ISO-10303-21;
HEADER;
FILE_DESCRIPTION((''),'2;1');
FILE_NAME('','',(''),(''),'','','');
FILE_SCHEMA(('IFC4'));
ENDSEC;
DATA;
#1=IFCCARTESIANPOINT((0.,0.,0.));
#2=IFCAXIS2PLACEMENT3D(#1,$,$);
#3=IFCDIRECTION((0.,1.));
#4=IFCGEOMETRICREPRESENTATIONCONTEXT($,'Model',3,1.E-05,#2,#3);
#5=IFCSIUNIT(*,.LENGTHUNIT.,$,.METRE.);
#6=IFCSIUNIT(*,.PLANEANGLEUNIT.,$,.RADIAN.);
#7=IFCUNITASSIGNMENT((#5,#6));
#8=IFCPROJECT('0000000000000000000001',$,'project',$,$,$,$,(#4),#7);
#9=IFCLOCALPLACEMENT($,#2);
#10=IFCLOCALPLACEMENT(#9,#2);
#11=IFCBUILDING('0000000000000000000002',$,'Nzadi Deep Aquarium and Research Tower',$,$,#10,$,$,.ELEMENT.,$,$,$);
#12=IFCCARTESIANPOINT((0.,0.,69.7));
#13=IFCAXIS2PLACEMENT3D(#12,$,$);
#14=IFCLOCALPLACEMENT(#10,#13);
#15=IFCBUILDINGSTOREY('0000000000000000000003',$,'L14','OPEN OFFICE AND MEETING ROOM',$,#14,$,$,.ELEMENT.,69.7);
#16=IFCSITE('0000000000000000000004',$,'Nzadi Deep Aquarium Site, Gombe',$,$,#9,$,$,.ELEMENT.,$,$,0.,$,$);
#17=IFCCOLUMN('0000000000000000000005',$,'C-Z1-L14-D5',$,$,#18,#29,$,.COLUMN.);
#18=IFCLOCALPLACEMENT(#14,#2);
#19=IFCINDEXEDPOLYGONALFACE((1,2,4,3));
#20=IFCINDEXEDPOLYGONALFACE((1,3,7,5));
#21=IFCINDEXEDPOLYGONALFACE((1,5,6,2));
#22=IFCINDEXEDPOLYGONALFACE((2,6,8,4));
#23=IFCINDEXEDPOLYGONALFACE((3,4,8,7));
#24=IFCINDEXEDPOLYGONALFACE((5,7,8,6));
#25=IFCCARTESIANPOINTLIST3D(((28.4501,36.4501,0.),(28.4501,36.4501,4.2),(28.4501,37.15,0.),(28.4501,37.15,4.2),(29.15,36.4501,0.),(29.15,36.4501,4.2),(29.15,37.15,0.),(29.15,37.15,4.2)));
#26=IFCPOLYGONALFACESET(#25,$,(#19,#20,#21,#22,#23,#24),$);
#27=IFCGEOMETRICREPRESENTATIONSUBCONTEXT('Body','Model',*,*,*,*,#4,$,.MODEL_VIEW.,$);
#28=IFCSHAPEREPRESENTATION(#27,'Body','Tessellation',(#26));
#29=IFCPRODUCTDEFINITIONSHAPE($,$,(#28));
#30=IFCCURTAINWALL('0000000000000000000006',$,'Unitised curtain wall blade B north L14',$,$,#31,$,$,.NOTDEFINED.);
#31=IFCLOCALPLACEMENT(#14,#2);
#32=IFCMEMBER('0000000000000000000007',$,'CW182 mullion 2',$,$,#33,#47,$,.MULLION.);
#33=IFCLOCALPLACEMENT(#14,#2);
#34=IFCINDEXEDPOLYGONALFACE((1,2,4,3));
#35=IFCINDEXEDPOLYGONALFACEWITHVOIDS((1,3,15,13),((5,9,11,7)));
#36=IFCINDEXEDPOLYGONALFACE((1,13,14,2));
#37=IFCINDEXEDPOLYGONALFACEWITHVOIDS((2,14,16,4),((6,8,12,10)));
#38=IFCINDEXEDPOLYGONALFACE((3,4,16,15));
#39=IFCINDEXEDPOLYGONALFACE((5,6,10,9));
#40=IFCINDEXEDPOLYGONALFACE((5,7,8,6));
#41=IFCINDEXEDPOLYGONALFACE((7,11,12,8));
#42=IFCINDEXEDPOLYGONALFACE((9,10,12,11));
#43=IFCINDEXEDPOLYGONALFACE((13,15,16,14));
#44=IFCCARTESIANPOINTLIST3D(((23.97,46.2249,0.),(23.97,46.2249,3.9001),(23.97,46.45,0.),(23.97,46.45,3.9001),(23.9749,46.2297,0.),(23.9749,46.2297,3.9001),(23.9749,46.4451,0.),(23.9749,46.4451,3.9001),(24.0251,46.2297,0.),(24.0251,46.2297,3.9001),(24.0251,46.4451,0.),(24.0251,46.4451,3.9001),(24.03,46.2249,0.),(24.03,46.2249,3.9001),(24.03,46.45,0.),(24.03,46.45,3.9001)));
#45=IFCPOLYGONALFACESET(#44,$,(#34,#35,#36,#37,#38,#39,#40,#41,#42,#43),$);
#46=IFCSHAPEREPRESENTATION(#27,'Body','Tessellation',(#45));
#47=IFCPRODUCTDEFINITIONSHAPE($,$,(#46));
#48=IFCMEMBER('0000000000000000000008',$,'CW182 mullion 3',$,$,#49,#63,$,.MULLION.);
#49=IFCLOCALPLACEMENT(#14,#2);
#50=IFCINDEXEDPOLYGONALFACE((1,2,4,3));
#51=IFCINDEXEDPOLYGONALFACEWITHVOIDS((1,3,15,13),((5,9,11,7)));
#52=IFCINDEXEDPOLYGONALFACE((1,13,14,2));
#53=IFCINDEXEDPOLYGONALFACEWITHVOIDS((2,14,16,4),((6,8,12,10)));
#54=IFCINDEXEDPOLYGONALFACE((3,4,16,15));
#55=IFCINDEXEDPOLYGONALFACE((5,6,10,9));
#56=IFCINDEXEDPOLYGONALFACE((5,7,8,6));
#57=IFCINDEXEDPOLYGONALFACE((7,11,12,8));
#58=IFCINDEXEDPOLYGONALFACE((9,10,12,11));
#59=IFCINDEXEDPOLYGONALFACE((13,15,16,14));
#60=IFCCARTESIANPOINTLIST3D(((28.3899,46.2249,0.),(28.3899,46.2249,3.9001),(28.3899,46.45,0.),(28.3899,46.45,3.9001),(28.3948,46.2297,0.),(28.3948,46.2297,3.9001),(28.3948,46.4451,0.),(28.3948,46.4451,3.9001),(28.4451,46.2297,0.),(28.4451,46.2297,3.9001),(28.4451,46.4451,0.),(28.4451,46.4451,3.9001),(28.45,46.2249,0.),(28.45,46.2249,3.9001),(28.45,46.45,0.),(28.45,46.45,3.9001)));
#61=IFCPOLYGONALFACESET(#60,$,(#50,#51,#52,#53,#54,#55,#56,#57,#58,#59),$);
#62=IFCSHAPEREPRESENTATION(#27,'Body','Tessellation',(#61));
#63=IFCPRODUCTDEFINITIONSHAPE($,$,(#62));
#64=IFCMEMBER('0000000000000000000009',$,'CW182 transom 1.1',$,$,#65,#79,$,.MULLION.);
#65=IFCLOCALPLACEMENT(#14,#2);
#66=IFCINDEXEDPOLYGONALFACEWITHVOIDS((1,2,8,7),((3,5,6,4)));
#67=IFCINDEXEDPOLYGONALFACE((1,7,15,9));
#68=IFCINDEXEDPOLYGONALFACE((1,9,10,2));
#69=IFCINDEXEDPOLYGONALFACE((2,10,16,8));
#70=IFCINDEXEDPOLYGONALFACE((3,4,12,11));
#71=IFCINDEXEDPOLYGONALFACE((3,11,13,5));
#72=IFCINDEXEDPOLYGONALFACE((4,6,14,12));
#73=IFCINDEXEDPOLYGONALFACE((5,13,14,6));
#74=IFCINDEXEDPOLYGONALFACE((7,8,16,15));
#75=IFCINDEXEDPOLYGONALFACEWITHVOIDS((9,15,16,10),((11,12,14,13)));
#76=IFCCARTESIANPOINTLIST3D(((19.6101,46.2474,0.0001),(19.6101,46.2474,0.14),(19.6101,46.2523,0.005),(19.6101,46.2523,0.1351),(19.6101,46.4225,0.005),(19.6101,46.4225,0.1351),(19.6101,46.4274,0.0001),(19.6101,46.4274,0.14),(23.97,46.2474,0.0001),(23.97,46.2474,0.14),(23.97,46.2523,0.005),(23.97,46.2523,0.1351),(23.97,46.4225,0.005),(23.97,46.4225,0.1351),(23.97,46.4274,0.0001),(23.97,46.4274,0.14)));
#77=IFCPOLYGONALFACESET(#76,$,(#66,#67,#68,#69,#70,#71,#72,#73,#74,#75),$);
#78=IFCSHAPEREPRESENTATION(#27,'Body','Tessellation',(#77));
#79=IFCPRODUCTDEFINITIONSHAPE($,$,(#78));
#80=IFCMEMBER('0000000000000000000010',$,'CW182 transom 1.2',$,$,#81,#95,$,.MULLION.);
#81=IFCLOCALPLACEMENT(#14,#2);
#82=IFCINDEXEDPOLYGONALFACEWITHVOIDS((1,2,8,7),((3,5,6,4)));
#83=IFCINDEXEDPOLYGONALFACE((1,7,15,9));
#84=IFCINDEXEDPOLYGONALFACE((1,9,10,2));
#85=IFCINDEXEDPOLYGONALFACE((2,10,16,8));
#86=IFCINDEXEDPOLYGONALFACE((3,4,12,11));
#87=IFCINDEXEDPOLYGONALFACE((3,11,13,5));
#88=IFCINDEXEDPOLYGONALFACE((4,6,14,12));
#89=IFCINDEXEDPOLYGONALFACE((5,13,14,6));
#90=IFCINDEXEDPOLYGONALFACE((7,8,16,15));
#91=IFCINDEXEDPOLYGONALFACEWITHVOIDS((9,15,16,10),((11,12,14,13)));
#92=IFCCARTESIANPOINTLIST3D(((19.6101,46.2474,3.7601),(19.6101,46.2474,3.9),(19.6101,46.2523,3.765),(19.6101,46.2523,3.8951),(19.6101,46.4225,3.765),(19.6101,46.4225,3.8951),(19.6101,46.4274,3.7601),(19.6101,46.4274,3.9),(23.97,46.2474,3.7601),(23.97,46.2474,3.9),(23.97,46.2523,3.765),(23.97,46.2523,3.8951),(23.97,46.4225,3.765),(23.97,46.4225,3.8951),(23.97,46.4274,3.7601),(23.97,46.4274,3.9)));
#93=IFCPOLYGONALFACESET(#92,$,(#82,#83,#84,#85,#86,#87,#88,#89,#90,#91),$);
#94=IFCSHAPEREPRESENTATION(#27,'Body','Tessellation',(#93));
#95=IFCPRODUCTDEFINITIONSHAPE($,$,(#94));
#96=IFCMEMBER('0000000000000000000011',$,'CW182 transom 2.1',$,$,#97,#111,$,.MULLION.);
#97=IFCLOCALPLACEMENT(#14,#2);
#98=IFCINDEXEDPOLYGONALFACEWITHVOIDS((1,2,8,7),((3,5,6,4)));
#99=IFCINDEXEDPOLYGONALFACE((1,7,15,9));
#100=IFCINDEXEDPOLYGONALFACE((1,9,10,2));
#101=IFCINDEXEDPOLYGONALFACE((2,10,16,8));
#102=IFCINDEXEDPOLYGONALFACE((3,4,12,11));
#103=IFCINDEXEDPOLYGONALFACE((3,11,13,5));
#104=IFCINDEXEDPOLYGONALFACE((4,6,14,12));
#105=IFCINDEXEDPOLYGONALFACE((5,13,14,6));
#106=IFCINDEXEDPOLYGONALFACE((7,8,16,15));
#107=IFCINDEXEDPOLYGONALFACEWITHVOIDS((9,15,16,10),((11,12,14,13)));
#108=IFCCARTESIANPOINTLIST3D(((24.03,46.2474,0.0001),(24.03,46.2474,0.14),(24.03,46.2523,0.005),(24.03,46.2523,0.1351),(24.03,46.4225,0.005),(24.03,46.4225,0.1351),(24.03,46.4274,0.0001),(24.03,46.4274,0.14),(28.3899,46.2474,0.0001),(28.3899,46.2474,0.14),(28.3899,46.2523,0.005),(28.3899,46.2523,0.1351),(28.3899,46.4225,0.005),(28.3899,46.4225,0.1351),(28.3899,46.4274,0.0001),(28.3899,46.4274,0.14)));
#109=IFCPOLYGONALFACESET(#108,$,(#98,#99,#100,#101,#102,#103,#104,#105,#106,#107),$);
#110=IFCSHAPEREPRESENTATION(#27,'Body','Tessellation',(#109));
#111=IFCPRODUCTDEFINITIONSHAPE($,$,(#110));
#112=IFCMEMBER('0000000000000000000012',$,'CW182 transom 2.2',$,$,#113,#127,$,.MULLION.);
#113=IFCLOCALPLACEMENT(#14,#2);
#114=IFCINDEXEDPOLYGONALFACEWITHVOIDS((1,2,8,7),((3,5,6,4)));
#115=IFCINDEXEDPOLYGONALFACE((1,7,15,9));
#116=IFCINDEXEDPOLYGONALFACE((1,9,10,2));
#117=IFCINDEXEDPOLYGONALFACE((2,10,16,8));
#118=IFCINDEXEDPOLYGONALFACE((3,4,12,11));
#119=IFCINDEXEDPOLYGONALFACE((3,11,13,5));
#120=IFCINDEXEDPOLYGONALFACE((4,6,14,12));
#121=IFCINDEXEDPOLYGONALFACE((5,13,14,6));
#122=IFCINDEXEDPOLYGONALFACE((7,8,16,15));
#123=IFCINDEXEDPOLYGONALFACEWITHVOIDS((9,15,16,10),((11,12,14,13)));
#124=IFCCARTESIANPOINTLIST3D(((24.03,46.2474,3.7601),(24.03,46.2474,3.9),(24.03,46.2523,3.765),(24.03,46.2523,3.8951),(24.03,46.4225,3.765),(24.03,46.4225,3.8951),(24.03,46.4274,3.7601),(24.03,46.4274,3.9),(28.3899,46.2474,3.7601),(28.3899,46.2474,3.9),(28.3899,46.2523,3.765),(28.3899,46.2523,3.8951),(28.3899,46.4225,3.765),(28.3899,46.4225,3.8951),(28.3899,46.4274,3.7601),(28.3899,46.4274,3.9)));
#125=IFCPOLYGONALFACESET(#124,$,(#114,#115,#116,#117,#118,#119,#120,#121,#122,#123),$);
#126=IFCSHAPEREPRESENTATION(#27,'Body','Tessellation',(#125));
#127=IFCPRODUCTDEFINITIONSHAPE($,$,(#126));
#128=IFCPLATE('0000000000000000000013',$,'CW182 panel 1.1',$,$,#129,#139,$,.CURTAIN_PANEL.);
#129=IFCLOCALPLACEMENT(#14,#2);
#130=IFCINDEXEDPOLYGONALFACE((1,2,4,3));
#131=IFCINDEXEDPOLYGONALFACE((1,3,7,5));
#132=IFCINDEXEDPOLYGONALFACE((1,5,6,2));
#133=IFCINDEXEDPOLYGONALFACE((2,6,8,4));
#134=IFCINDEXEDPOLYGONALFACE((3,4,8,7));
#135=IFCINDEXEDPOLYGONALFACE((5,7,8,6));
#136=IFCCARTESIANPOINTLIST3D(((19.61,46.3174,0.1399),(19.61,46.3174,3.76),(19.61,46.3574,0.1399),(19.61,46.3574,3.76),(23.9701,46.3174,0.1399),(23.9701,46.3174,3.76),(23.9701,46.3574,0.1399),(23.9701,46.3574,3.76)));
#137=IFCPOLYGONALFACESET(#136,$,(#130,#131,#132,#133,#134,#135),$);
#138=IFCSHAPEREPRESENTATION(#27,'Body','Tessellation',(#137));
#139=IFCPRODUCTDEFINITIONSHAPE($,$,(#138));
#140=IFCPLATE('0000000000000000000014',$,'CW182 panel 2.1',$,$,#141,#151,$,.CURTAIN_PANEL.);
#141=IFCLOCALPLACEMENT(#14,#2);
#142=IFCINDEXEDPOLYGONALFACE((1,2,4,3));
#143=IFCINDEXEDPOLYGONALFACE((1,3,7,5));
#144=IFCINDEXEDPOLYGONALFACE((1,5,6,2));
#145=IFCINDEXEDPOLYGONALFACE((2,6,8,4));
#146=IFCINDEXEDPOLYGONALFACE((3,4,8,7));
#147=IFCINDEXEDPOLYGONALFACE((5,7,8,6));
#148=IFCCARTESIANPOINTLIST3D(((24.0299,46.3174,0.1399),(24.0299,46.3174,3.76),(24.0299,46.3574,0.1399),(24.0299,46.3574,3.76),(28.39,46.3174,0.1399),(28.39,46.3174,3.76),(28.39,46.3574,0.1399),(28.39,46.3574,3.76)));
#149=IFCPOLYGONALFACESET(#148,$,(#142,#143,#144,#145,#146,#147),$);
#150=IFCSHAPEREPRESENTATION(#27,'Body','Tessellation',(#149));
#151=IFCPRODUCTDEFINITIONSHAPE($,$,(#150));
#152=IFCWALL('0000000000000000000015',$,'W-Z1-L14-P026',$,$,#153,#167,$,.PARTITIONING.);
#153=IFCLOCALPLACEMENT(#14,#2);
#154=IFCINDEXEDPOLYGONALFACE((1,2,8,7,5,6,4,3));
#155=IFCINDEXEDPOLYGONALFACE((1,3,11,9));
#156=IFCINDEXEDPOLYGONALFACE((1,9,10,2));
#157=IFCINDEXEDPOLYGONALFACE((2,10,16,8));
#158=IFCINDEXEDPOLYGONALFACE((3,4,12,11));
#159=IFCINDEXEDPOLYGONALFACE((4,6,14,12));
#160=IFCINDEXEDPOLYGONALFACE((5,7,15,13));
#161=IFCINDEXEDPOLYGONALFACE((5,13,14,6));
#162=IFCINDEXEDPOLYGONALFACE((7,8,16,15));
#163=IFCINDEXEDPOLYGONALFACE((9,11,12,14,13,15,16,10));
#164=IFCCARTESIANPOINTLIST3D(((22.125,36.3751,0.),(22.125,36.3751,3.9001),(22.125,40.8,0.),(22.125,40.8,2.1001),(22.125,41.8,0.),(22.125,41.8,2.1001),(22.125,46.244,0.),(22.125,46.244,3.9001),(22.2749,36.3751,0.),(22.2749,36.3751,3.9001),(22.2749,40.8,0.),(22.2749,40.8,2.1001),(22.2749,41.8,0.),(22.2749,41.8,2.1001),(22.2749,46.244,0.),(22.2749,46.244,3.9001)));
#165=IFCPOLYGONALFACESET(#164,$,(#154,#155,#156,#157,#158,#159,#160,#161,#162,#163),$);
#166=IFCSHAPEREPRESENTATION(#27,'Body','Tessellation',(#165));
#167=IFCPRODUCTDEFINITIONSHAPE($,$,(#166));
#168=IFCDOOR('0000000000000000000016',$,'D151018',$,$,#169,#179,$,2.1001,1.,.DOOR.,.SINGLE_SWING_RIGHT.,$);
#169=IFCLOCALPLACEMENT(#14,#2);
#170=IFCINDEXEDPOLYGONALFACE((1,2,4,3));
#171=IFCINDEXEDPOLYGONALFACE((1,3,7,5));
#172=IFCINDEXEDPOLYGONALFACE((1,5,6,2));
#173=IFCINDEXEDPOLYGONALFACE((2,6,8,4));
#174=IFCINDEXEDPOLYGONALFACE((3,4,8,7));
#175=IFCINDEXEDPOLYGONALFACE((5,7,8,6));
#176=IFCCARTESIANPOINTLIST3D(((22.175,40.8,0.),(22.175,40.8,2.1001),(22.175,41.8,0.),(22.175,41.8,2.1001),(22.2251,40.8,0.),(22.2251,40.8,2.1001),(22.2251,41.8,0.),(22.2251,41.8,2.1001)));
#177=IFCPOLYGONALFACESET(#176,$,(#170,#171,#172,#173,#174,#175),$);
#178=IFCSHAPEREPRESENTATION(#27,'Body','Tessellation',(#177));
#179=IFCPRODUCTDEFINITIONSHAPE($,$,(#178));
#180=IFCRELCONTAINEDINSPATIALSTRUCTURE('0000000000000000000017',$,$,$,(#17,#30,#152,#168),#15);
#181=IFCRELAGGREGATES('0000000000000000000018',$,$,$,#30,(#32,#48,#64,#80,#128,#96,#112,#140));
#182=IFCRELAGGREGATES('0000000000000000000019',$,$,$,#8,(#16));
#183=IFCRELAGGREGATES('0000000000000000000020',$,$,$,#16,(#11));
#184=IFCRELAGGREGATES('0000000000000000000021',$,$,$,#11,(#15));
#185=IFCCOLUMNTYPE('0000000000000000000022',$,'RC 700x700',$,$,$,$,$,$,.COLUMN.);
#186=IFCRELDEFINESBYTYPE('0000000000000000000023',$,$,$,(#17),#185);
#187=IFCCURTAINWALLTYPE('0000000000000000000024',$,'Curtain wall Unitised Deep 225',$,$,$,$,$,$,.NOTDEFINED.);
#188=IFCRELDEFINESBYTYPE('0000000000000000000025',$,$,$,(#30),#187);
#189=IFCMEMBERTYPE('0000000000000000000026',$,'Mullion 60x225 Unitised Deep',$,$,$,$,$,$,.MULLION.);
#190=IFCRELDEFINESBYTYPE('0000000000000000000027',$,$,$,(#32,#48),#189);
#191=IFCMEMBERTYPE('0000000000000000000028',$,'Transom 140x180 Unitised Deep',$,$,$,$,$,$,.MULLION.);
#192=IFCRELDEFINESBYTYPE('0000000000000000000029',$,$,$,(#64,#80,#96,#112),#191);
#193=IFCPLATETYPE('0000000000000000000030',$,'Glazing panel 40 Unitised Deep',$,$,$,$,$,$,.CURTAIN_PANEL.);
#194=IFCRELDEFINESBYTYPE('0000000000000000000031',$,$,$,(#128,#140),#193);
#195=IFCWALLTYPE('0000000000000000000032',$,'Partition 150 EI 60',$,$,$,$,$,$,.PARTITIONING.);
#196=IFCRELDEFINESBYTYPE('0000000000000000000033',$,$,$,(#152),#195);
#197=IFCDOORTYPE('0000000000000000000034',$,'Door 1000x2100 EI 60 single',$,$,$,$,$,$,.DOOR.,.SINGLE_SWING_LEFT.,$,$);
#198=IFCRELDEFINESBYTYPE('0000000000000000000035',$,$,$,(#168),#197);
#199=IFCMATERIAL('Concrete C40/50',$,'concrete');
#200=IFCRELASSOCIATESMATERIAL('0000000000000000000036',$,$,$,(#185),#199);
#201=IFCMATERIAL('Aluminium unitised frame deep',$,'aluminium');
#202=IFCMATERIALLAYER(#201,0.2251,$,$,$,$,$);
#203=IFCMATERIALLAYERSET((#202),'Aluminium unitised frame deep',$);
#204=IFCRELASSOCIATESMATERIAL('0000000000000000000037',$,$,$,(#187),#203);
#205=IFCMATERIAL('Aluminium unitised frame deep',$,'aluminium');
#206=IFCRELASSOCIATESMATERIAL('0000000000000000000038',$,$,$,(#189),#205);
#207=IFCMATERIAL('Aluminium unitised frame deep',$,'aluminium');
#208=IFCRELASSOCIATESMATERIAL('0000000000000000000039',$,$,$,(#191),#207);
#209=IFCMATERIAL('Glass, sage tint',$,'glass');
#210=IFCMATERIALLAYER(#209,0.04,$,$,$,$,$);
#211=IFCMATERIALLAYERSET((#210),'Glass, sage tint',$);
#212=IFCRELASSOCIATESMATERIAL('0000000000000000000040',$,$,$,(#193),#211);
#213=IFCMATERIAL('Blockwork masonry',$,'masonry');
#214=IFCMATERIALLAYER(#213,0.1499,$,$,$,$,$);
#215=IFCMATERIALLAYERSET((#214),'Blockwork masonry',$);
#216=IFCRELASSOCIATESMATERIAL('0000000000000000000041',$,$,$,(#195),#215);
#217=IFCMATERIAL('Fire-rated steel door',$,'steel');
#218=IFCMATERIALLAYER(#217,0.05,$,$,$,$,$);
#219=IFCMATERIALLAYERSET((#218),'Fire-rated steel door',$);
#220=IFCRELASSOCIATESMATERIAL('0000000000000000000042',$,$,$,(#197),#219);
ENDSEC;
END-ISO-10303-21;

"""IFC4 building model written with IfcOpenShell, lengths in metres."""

from ifc_helpers import new_model, si_unit, direction, frame, frame_2d, origin, origin_2d, place, context, subcontext, project, spatial, rectangle, hollow_rectangle, extrude, material, layer, layer_set, material_profile, profile_set, type_object, element, fill, aggregate, save


model = new_model("IFC4")

# Units and contexts
model_context = context("Model", 3, precision=1e-05, world=origin(), true_north=direction((0.0, 1.0)))
body_context = subcontext(model_context, "Body", "Model", "MODEL_VIEW")
ifc_project = project(units=[si_unit("LENGTHUNIT", "METRE"), si_unit("PLANEANGLEUNIT", "RADIAN")], contexts=[model_context])

# Site, building, storey
site_placement = place(None, origin())
site = spatial("IfcSite", under=ifc_project, at=site_placement, Name="Nzadi Deep Aquarium Site, Gombe", CompositionType="ELEMENT", RefElevation=0.0)
building_placement = place(site_placement, origin())
building = spatial("IfcBuilding", under=site, at=building_placement, Name="Nzadi Deep Aquarium and Research Tower", CompositionType="ELEMENT")
storey_placement = place(building_placement, frame((0.0, 0.0, 69.7)))
storey = spatial("IfcBuildingStorey", under=building, at=storey_placement, Name="L14", Description="OPEN OFFICE AND MEETING ROOM", CompositionType="ELEMENT", Elevation=69.7)

# Column
ifc_material_1 = material(Name="Concrete C40/50", Category="concrete")
ifc_material_profile_1 = material_profile(ifc_material_1, rectangle(XDim=0.7, YDim=0.7, at=origin_2d()))
ifc_profile_set_1 = profile_set([ifc_material_profile_1], Name="Concrete C40/50")
column_type = type_object("IfcColumnType", Name="RC 700x700", PredefinedType="COLUMN", material=ifc_profile_set_1)
column_placement = place(storey_placement, frame((28.8, 36.8, 0.0), z_axis=(0.0, 0.0, 1.0), x_axis=(1.0, 0.0, 0.0)))
element("IfcColumn", 1, at=column_placement, inside=storey, type_object=column_type, Name="C-Z1-L14-D5", PredefinedType="COLUMN", context=body_context, shape_type="SweptSolid", body=[
    extrude(rectangle(XDim=0.7, YDim=0.7, at=origin_2d()), origin(), (0.0, 0.0, 1.0), 4.2),
])

# Curtain wall, members, plates
ifc_material_2 = material(Name="Aluminium unitised frame deep", Category="aluminium")
ifc_layer_1 = layer(ifc_material_2, 0.2251)
ifc_layer_set_1 = layer_set([ifc_layer_1], Name="Aluminium unitised frame deep")
curtain_wall_type = type_object("IfcCurtainWallType", Name="Curtain wall Unitised Deep 225", PredefinedType="NOTDEFINED", material=ifc_layer_set_1)
curtain_wall_placement = place(storey_placement, origin())
curtain_wall = element("IfcCurtainWall", 2, at=curtain_wall_placement, inside=storey, type_object=curtain_wall_type, Name="Unitised curtain wall blade B north L14", PredefinedType="NOTDEFINED")
ifc_material_3 = material(Name="Aluminium unitised frame deep", Category="aluminium")
ifc_material_profile_2 = material_profile(ifc_material_3, hollow_rectangle(XDim=0.2251, YDim=0.0601, WallThickness=0.0049, at=origin_2d()))
ifc_profile_set_2 = profile_set([ifc_material_profile_2], Name="Aluminium unitised frame deep")
member_type_1 = type_object("IfcMemberType", Name="Mullion 60x225 Unitised Deep", PredefinedType="MULLION", material=ifc_profile_set_2)
member_1_placement = place(storey_placement, frame((24.0, 46.3374, 0.0), z_axis=(0.0, 0.0, 1.0), x_axis=(0.0, 1.0, 0.0)))
member_1 = element("IfcMember", 3, at=member_1_placement, type_object=member_type_1, Name="CW182 mullion 2", PredefinedType="MULLION", context=body_context, shape_type="SweptSolid", body=[
    extrude(hollow_rectangle(XDim=0.2251, YDim=0.0601, WallThickness=0.0049, at=origin_2d()), origin(), (0.0, 0.0, 1.0), 3.9001),
])
member_2_placement = place(storey_placement, frame((28.4199, 46.3374, 0.0), z_axis=(0.0, 0.0, 1.0), x_axis=(0.0, 1.0, 0.0)))
member_2 = element("IfcMember", 4, at=member_2_placement, type_object=member_type_1, Name="CW182 mullion 3", PredefinedType="MULLION", context=body_context, shape_type="SweptSolid", body=[
    extrude(hollow_rectangle(XDim=0.2251, YDim=0.0601, WallThickness=0.0049, at=origin_2d()), origin(), (0.0, 0.0, 1.0), 3.9001),
])
ifc_material_4 = material(Name="Aluminium unitised frame deep", Category="aluminium")
ifc_material_profile_3 = material_profile(ifc_material_4, hollow_rectangle(XDim=0.1799, YDim=0.1399, WallThickness=0.0049, at=origin_2d()))
ifc_profile_set_3 = profile_set([ifc_material_profile_3], Name="Aluminium unitised frame deep")
member_type_2 = type_object("IfcMemberType", Name="Transom 140x180 Unitised Deep", PredefinedType="MULLION", material=ifc_profile_set_3)
member_3_placement = place(storey_placement, frame((19.6101, 46.3374, 0.0701), z_axis=(1.0, 0.0, 0.0), x_axis=(0.0, 1.0, 0.0)))
member_3 = element("IfcMember", 5, at=member_3_placement, type_object=member_type_2, Name="CW182 transom 1.1", PredefinedType="MULLION", context=body_context, shape_type="SweptSolid", body=[
    extrude(hollow_rectangle(XDim=0.1799, YDim=0.1399, WallThickness=0.0049, at=origin_2d()), origin(), (0.0, 0.0, 1.0), 4.3599),
])
member_4_placement = place(storey_placement, frame((19.6101, 46.3374, 3.8301), z_axis=(1.0, 0.0, 0.0), x_axis=(0.0, 1.0, 0.0)))
member_4 = element("IfcMember", 6, at=member_4_placement, type_object=member_type_2, Name="CW182 transom 1.2", PredefinedType="MULLION", context=body_context, shape_type="SweptSolid", body=[
    extrude(hollow_rectangle(XDim=0.1799, YDim=0.1399, WallThickness=0.0049, at=origin_2d()), origin(), (0.0, 0.0, 1.0), 4.3599),
])
member_5_placement = place(storey_placement, frame((24.03, 46.3374, 0.0701), z_axis=(1.0, 0.0, 0.0), x_axis=(0.0, 1.0, 0.0)))
member_5 = element("IfcMember", 7, at=member_5_placement, type_object=member_type_2, Name="CW182 transom 2.1", PredefinedType="MULLION", context=body_context, shape_type="SweptSolid", body=[
    extrude(hollow_rectangle(XDim=0.1799, YDim=0.1399, WallThickness=0.0049, at=origin_2d()), origin(), (0.0, 0.0, 1.0), 4.3599),
])
member_6_placement = place(storey_placement, frame((24.03, 46.3374, 3.8301), z_axis=(1.0, 0.0, 0.0), x_axis=(0.0, 1.0, 0.0)))
member_6 = element("IfcMember", 8, at=member_6_placement, type_object=member_type_2, Name="CW182 transom 2.2", PredefinedType="MULLION", context=body_context, shape_type="SweptSolid", body=[
    extrude(hollow_rectangle(XDim=0.1799, YDim=0.1399, WallThickness=0.0049, at=origin_2d()), origin(), (0.0, 0.0, 1.0), 4.3599),
])
ifc_material_5 = material(Name="Glass, sage tint", Category="glass")
ifc_layer_2 = layer(ifc_material_5, 0.04)
ifc_layer_set_2 = layer_set([ifc_layer_2], Name="Glass, sage tint")
plate_type = type_object("IfcPlateType", Name="Glazing panel 40 Unitised Deep", PredefinedType="CURTAIN_PANEL", material=ifc_layer_set_2)
plate_1_placement = place(storey_placement, frame((21.79, 46.3374, 0.1399), z_axis=(0.0, 0.0, 1.0), x_axis=(1.0, 0.0, 0.0)))
plate_1 = element("IfcPlate", 9, at=plate_1_placement, type_object=plate_type, Name="CW182 panel 1.1", PredefinedType="CURTAIN_PANEL", context=body_context, shape_type="SweptSolid", body=[
    extrude(rectangle(XDim=4.3601, YDim=0.04, at=origin_2d()), origin(), (0.0, 0.0, 1.0), 3.6201),
])
plate_2_placement = place(storey_placement, frame((26.21, 46.3374, 0.1399), z_axis=(0.0, 0.0, 1.0), x_axis=(1.0, 0.0, 0.0)))
plate_2 = element("IfcPlate", 10, at=plate_2_placement, type_object=plate_type, Name="CW182 panel 2.1", PredefinedType="CURTAIN_PANEL", context=body_context, shape_type="SweptSolid", body=[
    extrude(rectangle(XDim=4.3601, YDim=0.04, at=origin_2d()), origin(), (0.0, 0.0, 1.0), 3.6201),
])
aggregate(curtain_wall, [member_1, member_2, member_3, member_4, plate_1, member_5, member_6, plate_2])

# Wall, opening, door
ifc_material_6 = material(Name="Blockwork masonry", Category="masonry")
ifc_layer_3 = layer(ifc_material_6, 0.1499)
ifc_layer_set_3 = layer_set([ifc_layer_3], Name="Blockwork masonry")
wall_type_1 = type_object("IfcWallType", Name="Partition 150 EI 60", PredefinedType="PARTITIONING", material=ifc_layer_set_3)
wall_1_placement = place(storey_placement, frame((22.2, 36.375, 0.0), z_axis=(0.0, 0.0, 1.0), x_axis=(0.0, 1.0, 0.0)))
wall_1 = element("IfcWall", 11, at=wall_1_placement, inside=storey, type_object=wall_type_1, Name="W-Z1-L14-P026", PredefinedType="PARTITIONING", context=body_context, shape_type="SweptSolid", body=[
    extrude(rectangle(XDim=9.8689, YDim=0.1499, at=frame_2d((4.9346, 0.0))), origin(), (0.0, 0.0, 1.0), 3.9001),
])
opening_1_placement = place(wall_1_placement, frame((4.425, 0.0, 0.0)))
opening_1 = element("IfcOpeningElement", 12, at=opening_1_placement, cuts=wall_1, PredefinedType="OPENING", context=body_context, shape_type="SweptSolid", body=[
    extrude(rectangle(XDim=1.0, YDim=2.1001, at=frame_2d((0.5, 1.05))), frame((0.0, 0.085, 0.0), z_axis=(0.0, -1.0, 0.0), x_axis=(1.0, 0.0, 0.0)), (0.0, 0.0, 1.0), 0.1699),
])
ifc_material_7 = material(Name="Fire-rated steel door", Category="steel")
ifc_layer_4 = layer(ifc_material_7, 0.05)
ifc_layer_set_4 = layer_set([ifc_layer_4], Name="Fire-rated steel door")
door_type_1 = type_object("IfcDoorType", Name="Door 1000x2100 EI 60 single", OperationType="SINGLE_SWING_LEFT", PredefinedType="DOOR", material=ifc_layer_set_4)
door_1_placement = place(opening_1_placement, origin())
door_1 = element("IfcDoor", 13, at=door_1_placement, inside=storey, type_object=door_type_1, Name="D151018", OperationType="SINGLE_SWING_RIGHT", OverallHeight=2.1001, OverallWidth=1.0, PredefinedType="DOOR", context=body_context, shape_type="SweptSolid", body=[
    extrude(rectangle(XDim=1.0, YDim=2.1001, at=frame_2d((0.5, 1.05))), frame((0.0, 0.0249, 0.0), z_axis=(0.0, -1.0, 0.0), x_axis=(1.0, 0.0, 0.0)), (0.0, 0.0, 1.0), 0.05),
])
fill(opening_1, door_1)

save(model, "model.ifc")
